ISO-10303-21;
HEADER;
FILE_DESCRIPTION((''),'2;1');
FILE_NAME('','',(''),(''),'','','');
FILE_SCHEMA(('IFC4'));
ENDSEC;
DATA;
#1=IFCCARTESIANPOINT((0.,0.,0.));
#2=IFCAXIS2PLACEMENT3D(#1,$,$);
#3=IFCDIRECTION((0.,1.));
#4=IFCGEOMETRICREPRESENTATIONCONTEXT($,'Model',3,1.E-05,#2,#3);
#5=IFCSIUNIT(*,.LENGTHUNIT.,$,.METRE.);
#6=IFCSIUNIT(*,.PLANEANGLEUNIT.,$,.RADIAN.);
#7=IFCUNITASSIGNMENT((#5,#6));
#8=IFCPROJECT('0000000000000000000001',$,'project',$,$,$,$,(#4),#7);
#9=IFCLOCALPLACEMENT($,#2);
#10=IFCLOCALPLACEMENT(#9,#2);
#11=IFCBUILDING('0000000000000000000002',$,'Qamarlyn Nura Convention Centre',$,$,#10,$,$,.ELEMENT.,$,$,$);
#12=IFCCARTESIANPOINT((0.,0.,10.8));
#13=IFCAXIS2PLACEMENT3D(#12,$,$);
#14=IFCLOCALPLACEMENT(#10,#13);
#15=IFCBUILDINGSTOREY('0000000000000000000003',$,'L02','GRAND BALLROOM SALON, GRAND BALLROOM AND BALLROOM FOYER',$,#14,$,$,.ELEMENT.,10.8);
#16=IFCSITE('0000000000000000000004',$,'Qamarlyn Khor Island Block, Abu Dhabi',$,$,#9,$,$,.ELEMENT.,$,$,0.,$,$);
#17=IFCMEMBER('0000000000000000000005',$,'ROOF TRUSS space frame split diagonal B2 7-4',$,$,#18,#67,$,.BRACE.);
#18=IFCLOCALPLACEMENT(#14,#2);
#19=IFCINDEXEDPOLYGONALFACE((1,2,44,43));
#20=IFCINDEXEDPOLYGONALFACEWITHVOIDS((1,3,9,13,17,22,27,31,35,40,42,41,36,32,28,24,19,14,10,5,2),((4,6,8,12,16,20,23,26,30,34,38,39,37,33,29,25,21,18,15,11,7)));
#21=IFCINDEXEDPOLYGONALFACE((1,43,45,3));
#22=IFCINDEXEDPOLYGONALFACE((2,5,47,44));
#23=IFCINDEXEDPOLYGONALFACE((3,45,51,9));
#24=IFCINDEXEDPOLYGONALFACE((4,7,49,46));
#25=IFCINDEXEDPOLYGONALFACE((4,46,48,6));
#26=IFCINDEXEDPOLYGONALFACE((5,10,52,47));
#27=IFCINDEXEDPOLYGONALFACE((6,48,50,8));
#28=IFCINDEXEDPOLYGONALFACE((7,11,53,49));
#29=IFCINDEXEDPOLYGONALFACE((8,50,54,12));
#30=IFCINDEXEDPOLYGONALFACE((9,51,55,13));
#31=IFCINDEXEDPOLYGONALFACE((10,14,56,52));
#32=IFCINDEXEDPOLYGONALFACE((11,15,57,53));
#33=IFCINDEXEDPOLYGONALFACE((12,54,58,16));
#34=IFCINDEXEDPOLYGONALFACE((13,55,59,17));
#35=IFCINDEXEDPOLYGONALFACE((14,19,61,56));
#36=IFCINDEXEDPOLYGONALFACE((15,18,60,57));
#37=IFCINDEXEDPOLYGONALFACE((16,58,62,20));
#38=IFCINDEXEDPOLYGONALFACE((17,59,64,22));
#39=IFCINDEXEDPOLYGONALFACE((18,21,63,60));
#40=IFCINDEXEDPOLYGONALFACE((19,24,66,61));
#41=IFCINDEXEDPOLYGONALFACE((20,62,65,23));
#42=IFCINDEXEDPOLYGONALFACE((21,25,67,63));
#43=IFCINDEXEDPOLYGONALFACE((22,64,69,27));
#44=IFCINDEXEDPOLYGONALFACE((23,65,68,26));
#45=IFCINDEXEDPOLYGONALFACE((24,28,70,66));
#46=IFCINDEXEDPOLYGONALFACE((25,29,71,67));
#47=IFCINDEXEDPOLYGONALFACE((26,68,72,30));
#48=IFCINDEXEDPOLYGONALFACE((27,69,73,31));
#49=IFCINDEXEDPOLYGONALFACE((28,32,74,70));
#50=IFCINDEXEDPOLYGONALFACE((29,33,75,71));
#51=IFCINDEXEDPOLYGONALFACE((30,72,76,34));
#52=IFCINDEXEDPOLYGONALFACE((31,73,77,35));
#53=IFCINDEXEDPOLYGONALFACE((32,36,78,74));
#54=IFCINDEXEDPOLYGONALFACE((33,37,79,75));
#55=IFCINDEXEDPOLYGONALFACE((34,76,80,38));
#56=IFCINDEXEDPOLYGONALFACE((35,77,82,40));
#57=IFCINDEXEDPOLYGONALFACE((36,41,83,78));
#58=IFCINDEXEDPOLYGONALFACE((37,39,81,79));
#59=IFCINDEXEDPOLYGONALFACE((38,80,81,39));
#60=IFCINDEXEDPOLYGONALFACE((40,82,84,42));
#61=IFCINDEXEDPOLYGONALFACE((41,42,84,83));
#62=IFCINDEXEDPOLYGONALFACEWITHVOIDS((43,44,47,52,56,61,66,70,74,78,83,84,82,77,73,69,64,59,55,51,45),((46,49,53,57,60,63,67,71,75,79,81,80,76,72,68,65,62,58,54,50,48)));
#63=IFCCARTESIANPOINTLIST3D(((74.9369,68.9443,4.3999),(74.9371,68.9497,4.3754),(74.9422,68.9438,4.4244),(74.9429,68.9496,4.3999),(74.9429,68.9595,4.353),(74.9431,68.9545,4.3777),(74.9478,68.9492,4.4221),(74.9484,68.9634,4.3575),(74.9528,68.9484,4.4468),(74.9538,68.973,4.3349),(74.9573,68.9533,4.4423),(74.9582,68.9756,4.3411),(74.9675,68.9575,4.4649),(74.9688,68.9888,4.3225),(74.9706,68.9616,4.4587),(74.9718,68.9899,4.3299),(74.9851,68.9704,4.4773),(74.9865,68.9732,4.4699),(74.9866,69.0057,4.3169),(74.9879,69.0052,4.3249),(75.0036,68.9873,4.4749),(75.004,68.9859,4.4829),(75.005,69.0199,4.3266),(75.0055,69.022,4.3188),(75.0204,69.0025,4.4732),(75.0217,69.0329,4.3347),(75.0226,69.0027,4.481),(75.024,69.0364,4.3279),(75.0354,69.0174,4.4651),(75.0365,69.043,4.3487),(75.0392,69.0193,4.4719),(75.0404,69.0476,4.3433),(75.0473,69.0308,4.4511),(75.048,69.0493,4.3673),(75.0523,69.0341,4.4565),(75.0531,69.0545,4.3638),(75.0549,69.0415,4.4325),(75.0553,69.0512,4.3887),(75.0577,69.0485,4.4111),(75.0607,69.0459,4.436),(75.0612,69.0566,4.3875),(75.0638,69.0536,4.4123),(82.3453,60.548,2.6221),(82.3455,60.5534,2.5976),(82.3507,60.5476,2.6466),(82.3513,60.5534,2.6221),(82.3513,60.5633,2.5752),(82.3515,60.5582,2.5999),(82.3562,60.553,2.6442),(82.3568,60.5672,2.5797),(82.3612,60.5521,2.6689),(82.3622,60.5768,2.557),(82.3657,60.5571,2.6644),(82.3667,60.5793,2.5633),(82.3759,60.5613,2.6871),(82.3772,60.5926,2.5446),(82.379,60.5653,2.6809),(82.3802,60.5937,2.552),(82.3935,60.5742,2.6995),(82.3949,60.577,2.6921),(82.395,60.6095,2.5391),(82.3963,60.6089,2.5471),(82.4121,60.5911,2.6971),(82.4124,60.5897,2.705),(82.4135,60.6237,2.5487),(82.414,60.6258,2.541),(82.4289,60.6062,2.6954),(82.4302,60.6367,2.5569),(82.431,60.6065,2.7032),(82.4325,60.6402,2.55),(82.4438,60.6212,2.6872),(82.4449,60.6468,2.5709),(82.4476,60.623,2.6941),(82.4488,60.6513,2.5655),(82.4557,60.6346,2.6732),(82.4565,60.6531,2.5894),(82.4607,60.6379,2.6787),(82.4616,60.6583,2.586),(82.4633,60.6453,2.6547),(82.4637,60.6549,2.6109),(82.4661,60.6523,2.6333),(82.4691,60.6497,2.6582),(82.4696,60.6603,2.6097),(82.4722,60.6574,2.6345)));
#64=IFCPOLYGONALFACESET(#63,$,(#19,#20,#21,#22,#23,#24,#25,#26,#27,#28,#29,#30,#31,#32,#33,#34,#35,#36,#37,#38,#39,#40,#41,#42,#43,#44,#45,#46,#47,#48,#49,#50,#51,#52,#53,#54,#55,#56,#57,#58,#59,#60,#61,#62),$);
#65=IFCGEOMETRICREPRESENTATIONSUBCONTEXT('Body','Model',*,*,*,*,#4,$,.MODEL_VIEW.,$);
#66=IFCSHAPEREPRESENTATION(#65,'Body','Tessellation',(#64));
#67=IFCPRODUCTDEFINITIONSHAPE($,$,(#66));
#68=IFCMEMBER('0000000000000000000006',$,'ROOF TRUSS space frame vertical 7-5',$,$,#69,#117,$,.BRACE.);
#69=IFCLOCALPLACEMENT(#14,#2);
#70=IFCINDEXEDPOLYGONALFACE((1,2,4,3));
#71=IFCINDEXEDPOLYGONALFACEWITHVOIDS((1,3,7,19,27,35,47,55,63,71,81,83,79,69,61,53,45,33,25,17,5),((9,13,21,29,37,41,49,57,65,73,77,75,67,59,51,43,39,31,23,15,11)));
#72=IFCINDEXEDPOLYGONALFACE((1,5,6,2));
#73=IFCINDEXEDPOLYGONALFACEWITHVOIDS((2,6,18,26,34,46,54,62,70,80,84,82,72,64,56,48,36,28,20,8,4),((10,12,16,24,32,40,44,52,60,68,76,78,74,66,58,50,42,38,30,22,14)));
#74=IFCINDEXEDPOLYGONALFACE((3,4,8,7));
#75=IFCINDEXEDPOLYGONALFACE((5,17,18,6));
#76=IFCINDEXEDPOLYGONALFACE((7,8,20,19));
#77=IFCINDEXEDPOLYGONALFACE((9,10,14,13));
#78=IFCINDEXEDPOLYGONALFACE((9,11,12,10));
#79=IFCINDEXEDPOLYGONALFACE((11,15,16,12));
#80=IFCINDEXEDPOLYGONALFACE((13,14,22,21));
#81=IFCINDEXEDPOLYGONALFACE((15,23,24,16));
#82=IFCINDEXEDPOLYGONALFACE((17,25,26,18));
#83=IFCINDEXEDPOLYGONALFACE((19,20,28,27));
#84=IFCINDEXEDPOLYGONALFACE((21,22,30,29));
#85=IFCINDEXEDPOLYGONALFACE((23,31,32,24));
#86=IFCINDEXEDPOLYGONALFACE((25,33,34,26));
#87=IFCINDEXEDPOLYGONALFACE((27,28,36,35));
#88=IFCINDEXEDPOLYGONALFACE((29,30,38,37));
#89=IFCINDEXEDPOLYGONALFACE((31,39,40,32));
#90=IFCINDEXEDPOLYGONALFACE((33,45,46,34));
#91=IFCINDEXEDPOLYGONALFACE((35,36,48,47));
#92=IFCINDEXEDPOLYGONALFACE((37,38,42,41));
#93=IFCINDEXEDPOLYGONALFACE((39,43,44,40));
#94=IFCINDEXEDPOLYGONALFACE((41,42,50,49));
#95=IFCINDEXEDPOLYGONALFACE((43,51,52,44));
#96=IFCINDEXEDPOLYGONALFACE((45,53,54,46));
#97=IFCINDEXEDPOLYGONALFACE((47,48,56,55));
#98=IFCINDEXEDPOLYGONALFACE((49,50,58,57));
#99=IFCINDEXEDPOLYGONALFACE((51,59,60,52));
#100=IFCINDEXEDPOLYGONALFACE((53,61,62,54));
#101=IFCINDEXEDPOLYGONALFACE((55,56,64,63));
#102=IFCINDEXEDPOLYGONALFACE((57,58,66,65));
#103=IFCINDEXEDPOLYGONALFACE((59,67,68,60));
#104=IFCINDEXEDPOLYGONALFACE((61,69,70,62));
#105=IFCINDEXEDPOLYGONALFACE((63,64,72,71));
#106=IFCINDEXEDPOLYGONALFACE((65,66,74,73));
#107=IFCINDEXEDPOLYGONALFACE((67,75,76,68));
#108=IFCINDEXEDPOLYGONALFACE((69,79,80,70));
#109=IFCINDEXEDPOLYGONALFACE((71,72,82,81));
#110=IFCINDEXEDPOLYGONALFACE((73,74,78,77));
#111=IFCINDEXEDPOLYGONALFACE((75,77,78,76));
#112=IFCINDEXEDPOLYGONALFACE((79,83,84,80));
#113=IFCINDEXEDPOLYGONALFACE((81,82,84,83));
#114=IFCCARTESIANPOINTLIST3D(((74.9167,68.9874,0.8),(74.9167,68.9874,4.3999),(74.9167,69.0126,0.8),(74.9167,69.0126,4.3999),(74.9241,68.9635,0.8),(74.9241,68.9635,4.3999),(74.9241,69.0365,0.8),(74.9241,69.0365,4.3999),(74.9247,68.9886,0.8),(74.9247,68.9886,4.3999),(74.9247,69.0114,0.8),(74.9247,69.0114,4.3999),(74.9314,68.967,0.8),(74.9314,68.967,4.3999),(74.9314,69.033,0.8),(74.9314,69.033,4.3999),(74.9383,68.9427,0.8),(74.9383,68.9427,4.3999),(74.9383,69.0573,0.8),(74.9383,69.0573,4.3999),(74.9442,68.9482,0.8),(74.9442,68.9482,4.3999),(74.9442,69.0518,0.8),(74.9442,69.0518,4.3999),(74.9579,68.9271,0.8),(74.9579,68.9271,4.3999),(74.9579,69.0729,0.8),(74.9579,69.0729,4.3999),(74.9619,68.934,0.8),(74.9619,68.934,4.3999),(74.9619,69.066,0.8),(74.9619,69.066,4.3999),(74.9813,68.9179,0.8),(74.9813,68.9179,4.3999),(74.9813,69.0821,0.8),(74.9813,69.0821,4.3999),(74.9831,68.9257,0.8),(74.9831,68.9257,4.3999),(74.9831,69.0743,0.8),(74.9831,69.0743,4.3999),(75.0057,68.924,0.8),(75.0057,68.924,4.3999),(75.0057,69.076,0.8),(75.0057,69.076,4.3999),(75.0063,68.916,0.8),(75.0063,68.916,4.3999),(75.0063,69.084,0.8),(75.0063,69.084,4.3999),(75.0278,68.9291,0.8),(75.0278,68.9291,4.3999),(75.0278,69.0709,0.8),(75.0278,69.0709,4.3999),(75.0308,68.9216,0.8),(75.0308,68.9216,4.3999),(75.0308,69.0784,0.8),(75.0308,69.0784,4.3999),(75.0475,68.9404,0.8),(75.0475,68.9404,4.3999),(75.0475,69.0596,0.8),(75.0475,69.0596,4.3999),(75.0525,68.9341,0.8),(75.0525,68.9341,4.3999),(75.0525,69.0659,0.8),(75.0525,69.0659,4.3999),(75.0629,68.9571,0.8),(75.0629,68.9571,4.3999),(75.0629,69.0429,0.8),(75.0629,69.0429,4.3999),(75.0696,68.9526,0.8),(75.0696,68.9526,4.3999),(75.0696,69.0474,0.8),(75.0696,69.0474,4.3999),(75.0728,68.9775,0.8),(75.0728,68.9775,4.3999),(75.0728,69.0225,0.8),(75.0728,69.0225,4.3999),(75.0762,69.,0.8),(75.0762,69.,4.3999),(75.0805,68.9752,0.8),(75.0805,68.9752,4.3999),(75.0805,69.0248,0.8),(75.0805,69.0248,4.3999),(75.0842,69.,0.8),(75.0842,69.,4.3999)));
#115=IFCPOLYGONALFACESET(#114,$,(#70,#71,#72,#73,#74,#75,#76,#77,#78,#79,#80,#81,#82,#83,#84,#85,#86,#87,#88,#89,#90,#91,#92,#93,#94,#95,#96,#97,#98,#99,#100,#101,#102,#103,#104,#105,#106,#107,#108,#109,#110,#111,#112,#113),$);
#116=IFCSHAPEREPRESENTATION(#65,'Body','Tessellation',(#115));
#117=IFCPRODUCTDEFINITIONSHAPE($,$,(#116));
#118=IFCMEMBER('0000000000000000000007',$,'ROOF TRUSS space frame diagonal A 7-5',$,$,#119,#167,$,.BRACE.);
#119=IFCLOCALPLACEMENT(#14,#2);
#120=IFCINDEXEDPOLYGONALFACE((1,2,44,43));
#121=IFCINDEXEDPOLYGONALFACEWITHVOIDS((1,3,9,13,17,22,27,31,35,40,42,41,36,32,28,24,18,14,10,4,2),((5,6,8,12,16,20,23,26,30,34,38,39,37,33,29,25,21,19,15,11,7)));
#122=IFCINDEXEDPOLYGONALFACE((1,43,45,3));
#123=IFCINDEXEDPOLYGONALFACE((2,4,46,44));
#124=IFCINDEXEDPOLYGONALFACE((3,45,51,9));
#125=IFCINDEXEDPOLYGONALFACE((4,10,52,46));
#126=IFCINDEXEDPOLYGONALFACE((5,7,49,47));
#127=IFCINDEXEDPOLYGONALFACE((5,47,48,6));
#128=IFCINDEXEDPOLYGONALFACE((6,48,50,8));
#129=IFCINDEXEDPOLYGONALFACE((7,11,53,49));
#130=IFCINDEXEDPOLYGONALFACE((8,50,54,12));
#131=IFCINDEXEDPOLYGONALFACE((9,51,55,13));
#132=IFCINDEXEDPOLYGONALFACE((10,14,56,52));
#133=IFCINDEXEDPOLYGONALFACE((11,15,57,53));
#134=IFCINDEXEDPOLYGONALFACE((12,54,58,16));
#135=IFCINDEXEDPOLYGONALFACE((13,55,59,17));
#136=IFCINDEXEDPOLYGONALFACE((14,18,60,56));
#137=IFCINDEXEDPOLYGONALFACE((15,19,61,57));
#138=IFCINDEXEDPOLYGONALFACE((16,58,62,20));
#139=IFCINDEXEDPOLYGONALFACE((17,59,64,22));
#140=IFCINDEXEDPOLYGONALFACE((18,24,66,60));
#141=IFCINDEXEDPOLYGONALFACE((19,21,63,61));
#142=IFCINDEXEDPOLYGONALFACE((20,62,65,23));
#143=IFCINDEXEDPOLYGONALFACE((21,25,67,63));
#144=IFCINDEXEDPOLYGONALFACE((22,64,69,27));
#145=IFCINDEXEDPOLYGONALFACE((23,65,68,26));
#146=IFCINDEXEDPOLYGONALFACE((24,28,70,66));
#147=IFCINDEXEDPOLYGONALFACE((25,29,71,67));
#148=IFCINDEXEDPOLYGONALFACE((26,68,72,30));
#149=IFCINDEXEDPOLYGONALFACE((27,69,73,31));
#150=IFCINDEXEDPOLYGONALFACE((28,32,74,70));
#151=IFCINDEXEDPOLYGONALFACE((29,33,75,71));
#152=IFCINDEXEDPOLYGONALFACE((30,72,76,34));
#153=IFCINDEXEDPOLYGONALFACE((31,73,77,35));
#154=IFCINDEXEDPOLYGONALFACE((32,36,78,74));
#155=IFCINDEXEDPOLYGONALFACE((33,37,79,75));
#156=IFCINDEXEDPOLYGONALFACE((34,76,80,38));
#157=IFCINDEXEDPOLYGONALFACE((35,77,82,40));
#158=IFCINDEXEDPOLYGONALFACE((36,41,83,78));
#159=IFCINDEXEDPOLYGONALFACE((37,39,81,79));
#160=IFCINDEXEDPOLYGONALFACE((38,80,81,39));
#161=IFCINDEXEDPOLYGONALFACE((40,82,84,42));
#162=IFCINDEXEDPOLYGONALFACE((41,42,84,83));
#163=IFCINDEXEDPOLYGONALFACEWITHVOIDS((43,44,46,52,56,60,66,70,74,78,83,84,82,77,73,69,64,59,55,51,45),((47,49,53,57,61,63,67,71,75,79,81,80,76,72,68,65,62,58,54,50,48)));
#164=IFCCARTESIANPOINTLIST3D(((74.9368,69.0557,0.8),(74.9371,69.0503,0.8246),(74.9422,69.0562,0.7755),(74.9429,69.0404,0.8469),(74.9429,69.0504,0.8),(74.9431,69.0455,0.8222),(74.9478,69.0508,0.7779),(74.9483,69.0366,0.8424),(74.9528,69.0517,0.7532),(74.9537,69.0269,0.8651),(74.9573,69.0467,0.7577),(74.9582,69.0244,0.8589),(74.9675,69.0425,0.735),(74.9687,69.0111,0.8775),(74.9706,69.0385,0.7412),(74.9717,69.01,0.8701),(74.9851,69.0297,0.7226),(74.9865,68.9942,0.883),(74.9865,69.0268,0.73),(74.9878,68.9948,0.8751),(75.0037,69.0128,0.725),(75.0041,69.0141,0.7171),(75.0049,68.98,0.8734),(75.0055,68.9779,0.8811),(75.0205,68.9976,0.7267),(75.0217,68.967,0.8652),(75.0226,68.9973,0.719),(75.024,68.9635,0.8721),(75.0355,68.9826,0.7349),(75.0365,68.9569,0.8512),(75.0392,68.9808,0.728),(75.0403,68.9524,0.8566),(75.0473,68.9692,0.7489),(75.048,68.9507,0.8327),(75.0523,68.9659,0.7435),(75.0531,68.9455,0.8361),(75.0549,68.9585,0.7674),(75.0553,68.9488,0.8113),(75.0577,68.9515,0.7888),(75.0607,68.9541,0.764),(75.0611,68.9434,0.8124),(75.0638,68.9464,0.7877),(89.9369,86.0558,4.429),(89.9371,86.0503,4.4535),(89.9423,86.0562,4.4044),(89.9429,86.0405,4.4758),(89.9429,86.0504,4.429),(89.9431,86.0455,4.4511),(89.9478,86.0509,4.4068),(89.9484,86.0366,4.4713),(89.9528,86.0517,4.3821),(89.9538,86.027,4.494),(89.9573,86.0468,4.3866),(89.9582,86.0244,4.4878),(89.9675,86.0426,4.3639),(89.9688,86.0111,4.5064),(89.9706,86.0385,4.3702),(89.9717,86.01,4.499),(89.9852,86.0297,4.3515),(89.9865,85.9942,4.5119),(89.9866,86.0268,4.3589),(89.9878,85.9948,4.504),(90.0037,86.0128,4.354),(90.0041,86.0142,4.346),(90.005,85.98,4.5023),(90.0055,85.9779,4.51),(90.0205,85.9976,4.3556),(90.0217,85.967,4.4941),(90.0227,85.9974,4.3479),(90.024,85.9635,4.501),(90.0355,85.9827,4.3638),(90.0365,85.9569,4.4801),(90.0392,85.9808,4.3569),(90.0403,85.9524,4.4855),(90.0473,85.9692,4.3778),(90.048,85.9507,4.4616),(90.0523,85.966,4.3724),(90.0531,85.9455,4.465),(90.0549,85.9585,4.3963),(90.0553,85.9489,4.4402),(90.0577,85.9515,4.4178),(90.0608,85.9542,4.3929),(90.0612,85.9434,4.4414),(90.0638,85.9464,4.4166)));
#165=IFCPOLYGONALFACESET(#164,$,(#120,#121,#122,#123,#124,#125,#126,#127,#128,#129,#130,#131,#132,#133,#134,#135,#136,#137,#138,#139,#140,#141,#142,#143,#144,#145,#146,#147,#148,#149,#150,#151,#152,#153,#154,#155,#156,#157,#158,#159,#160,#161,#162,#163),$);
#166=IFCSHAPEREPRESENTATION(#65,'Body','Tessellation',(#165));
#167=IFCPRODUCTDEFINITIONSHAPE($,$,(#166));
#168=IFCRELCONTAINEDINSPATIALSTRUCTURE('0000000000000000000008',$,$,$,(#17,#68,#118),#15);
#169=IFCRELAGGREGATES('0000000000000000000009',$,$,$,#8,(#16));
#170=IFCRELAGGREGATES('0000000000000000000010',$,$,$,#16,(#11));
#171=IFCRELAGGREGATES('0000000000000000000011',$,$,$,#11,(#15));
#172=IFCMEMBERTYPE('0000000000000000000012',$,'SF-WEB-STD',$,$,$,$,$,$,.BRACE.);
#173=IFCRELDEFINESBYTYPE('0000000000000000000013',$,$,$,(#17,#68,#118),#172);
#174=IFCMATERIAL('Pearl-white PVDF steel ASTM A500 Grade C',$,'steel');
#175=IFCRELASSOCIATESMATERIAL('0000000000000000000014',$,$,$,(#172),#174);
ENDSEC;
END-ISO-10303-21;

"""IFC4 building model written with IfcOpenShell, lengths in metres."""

from ifc_helpers import new_model, si_unit, direction, frame, origin, origin_2d, place, context, subcontext, project, spatial, hollow_circle, extrude, material, material_profile, profile_set, type_object, element, save


model = new_model("IFC4")

# Units and contexts
model_context = context("Model", 3, precision=1e-05, world=origin(), true_north=direction((0.0, 1.0)))
body_context = subcontext(model_context, "Body", "Model", "MODEL_VIEW")
ifc_project = project(units=[si_unit("LENGTHUNIT", "METRE"), si_unit("PLANEANGLEUNIT", "RADIAN")], contexts=[model_context])

# Site, building, storey
site_placement = place(None, origin())
site = spatial("IfcSite", under=ifc_project, at=site_placement, Name="Qamarlyn Khor Island Block, Abu Dhabi", CompositionType="ELEMENT", RefElevation=0.0)
building_placement = place(site_placement, origin())
building = spatial("IfcBuilding", under=site, at=building_placement, Name="Qamarlyn Nura Convention Centre", CompositionType="ELEMENT")
storey_placement = place(building_placement, frame((0.0, 0.0, 10.8)))
storey = spatial("IfcBuildingStorey", under=building, at=storey_placement, Name="L02", Description="GRAND BALLROOM SALON, GRAND BALLROOM AND BALLROOM FOYER", CompositionType="ELEMENT", Elevation=10.8)

# Members
ifc_material_1 = material(Name="Pearl-white PVDF steel ASTM A500 Grade C", Category="steel")
ifc_material_profile_1 = material_profile(ifc_material_1, hollow_circle(Radius=0.0842, WallThickness=0.0081, at=origin_2d()), Name="CHS168.3X8")
ifc_profile_set_1 = profile_set([ifc_material_profile_1], Name="Pearl-white PVDF steel ASTM A500 Grade C")
member_type_1 = type_object("IfcMemberType", Name="SF-WEB-STD", PredefinedType="BRACE", material=ifc_profile_set_1)
for number, where, z_axis, x_axis, name in (
    (1, (82.4084, 60.6038, 2.6221), (-0.653437, 0.740562, 0.156808), (-0.749838, -0.661622, 0.0), "ROOF TRUSS space frame split diagonal B2 7-4"),
):
    element("IfcMember", number, at=place(storey_placement, frame(where, z_axis=z_axis, x_axis=x_axis)), inside=storey, type_object=member_type_1, Name=name, PredefinedType="BRACE", context=body_context, shape_type="SweptSolid", body=[
        extrude(hollow_circle(Radius=0.0842, WallThickness=0.0081, at=origin_2d()), origin(), (0.0, 0.0, 1.0), 11.3376),
    ])
member_1_placement = place(storey_placement, frame((75.0, 69.0, 0.8), z_axis=(0.0, 0.0, 1.0), x_axis=(1.0, 0.0, 0.0)))
element("IfcMember", 2, at=member_1_placement, inside=storey, type_object=member_type_1, Name="ROOF TRUSS space frame vertical 7-5", PredefinedType="BRACE", context=body_context, shape_type="SweptSolid", body=[
    extrude(hollow_circle(Radius=0.0842, WallThickness=0.0081, at=origin_2d()), origin(), (0.0, 0.0, 1.0), 3.5999),
])
member_2_placement = place(storey_placement, frame((75.0, 69.0, 0.8), z_axis=(0.653306, 0.740413, 0.158052), x_axis=(-0.749838, 0.661622, 0.0)))
element("IfcMember", 3, at=member_2_placement, inside=storey, type_object=member_type_1, Name="ROOF TRUSS space frame diagonal A 7-5", PredefinedType="BRACE", context=body_context, shape_type="SweptSolid", body=[
    extrude(hollow_circle(Radius=0.0842, WallThickness=0.0081, at=origin_2d()), origin(), (0.0, 0.0, 1.0), 22.9602),
])

save(model, "model.ifc")
